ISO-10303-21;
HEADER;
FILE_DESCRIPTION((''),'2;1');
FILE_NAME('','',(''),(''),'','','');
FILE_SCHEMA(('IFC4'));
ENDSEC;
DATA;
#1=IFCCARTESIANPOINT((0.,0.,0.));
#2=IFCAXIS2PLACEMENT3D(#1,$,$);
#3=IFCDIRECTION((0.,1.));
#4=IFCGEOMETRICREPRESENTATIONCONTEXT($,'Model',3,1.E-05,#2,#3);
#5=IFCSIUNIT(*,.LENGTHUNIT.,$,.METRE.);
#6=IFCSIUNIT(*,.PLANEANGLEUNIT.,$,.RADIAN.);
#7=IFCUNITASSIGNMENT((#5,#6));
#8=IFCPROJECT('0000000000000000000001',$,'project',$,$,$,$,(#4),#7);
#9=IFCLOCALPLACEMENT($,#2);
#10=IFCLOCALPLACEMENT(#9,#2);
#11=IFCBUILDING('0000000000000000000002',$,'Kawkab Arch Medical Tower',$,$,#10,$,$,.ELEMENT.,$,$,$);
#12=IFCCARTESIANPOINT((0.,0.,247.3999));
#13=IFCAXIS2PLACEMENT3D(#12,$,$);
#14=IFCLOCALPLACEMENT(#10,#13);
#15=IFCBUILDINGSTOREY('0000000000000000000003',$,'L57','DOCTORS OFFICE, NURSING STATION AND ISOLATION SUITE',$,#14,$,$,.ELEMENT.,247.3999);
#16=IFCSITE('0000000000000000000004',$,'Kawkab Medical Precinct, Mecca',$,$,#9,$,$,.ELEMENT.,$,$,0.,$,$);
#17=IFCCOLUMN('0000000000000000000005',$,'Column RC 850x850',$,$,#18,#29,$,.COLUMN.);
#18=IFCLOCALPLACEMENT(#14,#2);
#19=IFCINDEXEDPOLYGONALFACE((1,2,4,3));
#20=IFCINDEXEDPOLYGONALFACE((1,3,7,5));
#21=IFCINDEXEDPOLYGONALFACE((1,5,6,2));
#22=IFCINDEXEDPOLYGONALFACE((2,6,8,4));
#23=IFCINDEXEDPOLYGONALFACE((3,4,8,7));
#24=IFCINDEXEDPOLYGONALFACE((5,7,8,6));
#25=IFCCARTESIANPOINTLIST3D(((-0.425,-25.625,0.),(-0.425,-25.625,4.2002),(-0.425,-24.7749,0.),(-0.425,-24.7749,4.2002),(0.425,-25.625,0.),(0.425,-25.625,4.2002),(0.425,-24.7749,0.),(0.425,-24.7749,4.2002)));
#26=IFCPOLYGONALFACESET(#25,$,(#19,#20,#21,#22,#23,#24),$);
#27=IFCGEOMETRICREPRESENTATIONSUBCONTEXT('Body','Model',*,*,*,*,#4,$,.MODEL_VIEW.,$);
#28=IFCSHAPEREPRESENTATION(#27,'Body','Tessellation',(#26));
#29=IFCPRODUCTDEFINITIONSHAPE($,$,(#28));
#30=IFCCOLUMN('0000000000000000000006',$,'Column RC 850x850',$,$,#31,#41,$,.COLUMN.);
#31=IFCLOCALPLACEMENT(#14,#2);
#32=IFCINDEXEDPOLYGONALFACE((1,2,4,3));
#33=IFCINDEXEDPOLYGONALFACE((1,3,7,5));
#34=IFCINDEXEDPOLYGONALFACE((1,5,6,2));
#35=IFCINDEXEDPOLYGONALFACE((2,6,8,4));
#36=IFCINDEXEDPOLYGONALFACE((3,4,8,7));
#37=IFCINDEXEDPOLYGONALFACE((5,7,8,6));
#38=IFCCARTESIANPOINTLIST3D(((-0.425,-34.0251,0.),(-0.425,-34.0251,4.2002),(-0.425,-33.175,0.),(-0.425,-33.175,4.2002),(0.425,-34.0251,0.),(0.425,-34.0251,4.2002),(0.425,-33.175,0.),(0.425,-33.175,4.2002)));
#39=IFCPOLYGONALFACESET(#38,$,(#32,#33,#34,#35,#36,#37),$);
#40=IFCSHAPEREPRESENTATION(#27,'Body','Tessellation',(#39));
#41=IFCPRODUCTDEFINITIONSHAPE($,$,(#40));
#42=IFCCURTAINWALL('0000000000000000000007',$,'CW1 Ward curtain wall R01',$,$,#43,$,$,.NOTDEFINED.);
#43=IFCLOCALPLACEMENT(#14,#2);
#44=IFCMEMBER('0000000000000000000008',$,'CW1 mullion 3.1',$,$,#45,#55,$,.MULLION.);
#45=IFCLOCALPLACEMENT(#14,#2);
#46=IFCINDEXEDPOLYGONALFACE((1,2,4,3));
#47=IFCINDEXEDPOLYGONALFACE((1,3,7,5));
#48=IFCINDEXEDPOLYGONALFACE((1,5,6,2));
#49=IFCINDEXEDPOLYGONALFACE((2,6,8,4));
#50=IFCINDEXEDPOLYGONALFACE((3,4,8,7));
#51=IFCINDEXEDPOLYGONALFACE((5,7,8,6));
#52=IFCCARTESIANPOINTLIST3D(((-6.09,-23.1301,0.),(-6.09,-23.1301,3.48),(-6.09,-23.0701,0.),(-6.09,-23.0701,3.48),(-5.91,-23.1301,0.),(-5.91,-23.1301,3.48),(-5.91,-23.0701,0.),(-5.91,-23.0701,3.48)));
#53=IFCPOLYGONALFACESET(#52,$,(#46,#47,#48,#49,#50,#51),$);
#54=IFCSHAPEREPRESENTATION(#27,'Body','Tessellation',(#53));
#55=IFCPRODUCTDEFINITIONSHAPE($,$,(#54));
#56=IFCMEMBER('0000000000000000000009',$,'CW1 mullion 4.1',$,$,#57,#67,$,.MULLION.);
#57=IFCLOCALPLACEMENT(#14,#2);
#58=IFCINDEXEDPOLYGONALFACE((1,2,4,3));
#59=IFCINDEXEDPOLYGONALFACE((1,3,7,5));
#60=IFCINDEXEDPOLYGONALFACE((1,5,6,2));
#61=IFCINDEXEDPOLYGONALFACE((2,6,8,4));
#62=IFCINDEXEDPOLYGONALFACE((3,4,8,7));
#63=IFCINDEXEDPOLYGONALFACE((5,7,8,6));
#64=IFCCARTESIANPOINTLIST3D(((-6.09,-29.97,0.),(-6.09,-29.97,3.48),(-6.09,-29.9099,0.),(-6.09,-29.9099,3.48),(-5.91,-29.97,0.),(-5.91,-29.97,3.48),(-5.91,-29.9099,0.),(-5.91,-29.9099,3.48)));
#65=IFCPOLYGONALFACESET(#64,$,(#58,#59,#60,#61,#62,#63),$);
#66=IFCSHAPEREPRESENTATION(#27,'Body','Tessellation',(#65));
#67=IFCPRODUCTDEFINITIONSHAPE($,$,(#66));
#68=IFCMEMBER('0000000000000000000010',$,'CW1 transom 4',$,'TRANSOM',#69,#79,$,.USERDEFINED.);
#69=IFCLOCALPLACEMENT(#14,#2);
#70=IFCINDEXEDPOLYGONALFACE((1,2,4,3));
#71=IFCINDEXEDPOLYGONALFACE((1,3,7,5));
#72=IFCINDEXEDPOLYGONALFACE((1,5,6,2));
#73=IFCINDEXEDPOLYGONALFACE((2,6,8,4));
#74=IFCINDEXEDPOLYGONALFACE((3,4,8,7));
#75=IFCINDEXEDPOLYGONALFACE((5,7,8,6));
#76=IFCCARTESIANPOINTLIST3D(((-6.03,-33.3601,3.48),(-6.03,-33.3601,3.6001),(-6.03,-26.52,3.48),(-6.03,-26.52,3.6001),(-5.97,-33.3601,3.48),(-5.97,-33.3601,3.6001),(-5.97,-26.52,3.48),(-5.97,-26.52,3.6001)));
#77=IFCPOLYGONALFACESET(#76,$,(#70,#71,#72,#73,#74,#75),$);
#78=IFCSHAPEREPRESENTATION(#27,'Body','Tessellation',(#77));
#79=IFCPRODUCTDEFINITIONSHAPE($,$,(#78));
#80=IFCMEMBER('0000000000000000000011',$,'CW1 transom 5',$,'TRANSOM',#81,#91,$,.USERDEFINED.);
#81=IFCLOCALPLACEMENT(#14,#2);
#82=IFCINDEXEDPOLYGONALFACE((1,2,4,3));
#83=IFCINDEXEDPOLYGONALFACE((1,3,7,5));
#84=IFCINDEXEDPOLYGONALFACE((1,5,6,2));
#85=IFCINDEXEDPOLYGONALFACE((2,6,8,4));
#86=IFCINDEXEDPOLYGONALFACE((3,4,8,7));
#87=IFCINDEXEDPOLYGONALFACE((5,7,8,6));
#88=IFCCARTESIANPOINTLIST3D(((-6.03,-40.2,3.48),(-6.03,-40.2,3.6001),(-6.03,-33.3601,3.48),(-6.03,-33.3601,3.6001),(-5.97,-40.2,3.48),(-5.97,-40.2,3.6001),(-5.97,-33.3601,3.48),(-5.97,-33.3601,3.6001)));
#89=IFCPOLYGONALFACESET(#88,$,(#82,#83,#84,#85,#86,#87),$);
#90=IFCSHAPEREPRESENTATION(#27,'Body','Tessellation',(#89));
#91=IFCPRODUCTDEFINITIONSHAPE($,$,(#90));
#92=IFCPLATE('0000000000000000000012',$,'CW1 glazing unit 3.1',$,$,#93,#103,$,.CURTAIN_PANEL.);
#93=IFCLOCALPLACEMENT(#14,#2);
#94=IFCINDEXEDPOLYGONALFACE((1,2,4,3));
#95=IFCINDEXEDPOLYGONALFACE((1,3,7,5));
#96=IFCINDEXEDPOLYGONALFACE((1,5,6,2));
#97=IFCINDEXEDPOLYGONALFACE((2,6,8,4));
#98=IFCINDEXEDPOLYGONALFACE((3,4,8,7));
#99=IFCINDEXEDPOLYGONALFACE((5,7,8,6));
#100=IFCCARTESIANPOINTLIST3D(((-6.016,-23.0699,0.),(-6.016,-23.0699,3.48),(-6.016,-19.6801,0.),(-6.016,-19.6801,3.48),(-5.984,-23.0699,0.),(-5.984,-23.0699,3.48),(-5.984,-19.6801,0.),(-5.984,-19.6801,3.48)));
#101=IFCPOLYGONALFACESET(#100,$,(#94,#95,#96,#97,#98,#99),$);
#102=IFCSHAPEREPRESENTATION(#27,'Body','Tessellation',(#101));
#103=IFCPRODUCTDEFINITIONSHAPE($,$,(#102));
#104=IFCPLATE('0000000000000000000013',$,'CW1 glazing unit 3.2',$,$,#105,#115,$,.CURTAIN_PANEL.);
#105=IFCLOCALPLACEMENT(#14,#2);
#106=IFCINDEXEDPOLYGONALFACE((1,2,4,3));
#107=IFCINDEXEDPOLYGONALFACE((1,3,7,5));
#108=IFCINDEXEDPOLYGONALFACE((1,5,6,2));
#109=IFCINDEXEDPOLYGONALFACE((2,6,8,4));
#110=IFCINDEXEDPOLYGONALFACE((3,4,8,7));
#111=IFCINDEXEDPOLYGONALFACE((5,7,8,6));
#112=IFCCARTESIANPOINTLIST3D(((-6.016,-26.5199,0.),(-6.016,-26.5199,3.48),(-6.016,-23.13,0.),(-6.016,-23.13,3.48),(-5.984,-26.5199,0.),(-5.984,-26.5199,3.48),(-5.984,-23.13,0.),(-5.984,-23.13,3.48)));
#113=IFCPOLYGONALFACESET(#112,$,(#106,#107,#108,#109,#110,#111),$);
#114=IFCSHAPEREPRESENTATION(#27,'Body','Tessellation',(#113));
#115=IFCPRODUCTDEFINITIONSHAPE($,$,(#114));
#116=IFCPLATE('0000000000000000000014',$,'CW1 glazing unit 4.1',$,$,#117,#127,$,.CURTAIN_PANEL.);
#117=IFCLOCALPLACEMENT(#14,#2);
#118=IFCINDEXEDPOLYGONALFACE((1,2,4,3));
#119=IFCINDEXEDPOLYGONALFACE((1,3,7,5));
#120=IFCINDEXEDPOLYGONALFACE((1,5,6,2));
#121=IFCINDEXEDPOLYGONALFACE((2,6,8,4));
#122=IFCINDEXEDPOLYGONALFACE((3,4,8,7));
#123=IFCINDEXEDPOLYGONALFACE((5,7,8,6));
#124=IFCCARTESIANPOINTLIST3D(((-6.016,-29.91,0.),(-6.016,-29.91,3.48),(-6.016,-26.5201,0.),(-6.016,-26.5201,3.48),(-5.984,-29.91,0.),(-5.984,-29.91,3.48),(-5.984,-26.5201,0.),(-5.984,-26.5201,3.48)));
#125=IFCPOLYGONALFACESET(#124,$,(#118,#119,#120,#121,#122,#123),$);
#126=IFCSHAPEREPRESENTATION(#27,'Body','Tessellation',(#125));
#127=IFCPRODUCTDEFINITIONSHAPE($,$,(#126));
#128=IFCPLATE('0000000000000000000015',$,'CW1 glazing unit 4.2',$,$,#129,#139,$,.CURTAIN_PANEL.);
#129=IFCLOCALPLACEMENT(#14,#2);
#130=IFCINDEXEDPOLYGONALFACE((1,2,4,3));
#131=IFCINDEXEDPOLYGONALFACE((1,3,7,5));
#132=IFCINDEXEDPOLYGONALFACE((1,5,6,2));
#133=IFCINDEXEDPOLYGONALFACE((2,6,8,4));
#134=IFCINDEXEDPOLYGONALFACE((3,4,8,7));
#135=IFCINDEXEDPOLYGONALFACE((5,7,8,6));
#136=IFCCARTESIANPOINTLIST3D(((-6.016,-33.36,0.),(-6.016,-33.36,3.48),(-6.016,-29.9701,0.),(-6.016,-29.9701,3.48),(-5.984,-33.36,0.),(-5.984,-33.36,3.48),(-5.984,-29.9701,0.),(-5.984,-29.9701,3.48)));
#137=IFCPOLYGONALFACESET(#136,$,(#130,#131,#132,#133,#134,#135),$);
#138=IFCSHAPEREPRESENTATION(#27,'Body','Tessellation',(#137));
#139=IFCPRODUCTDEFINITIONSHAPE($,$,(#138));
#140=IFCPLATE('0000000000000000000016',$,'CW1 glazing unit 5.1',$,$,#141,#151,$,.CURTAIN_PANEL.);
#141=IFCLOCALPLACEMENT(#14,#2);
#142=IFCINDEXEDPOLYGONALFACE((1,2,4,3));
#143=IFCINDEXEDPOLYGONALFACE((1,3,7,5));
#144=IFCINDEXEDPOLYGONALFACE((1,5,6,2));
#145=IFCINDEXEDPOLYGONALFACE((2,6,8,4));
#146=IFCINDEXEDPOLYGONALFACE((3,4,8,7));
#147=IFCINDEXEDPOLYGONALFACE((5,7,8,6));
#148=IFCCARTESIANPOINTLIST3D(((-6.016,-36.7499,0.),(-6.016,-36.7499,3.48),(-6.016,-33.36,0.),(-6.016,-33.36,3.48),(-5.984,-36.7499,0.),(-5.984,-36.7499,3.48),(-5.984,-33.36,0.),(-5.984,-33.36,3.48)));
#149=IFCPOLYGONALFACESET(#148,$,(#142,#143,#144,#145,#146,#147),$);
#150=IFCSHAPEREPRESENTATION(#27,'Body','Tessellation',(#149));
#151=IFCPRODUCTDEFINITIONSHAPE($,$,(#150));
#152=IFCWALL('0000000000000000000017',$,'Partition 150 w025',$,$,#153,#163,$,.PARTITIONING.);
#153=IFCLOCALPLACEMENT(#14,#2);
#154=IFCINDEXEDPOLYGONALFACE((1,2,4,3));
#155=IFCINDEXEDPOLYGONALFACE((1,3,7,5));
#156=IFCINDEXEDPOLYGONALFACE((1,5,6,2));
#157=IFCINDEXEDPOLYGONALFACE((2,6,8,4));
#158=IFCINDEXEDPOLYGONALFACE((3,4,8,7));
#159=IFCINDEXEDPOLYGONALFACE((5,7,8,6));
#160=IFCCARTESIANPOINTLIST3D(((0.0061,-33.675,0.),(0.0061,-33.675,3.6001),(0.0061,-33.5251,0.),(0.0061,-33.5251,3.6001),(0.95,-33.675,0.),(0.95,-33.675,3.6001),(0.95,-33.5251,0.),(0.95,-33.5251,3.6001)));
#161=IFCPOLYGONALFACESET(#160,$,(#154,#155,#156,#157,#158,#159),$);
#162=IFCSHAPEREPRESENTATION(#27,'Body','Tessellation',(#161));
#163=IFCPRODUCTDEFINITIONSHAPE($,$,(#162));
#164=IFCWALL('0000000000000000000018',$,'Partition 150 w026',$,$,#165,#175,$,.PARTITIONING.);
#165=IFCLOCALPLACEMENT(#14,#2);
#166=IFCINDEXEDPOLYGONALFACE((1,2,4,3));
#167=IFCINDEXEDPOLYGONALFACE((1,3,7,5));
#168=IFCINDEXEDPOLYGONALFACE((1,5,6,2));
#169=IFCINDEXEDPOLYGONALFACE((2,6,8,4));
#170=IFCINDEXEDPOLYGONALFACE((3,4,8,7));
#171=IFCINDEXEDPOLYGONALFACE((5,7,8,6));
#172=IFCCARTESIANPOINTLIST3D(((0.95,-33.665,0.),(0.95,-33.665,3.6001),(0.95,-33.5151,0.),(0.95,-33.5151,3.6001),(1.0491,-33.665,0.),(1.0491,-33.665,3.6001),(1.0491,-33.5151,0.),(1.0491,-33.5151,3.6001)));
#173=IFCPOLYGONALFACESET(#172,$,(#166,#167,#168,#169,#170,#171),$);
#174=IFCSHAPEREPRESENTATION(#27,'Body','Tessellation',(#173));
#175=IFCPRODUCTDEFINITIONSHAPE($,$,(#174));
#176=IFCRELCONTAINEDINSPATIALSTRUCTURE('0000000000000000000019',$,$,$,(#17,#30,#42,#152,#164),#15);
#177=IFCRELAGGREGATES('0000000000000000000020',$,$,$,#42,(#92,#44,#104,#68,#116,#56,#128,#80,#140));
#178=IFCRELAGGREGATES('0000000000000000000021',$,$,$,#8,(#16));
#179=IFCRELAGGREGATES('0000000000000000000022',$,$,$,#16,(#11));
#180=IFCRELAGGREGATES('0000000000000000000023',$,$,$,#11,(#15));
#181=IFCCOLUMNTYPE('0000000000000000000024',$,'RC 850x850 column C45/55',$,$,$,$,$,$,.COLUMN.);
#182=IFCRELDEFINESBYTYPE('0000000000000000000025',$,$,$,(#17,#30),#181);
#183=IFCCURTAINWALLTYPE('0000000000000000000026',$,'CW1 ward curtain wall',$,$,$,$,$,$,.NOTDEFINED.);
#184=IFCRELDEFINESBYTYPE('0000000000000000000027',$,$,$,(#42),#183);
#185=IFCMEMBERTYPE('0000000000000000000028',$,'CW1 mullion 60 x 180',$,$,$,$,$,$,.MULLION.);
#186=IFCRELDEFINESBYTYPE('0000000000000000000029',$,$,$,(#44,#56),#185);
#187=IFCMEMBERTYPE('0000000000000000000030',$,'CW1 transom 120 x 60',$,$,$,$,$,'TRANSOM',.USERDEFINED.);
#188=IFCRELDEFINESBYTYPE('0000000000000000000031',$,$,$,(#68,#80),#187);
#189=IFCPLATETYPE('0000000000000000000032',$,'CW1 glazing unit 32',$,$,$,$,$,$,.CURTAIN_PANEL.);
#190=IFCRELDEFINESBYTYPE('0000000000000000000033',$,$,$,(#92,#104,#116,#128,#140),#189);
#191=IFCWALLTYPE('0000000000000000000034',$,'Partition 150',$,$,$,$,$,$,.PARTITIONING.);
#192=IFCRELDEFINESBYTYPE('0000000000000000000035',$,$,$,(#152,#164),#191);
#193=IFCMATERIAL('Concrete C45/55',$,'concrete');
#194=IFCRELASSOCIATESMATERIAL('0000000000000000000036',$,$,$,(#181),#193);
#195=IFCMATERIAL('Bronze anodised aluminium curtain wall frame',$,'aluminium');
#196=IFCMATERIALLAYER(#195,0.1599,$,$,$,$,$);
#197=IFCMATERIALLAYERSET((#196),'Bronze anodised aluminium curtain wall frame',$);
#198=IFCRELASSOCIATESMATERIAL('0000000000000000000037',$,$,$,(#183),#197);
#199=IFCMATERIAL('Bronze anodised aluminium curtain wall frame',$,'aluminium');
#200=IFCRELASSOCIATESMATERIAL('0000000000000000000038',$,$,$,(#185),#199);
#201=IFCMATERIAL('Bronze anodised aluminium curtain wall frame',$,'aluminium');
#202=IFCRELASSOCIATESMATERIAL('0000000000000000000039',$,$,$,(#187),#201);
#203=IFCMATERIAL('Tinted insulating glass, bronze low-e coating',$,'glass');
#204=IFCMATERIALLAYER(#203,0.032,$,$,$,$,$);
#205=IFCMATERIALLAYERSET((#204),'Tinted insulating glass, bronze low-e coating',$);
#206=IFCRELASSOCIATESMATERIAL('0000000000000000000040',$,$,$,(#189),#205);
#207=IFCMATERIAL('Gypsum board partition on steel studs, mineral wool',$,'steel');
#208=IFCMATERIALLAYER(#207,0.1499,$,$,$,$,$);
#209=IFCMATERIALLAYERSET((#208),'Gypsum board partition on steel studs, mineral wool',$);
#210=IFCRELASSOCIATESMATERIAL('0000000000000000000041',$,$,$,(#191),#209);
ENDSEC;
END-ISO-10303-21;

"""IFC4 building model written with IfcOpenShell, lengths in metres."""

from ifc_helpers import new_model, si_unit, direction, frame, frame_2d, origin, origin_2d, place, context, subcontext, project, spatial, rectangle, extrude, material, layer, layer_set, material_profile, profile_set, type_object, element, aggregate, save


model = new_model("IFC4")

# Units and contexts
model_context = context("Model", 3, precision=1e-05, world=origin(), true_north=direction((0.0, 1.0)))
body_context = subcontext(model_context, "Body", "Model", "MODEL_VIEW")
ifc_project = project(units=[si_unit("LENGTHUNIT", "METRE"), si_unit("PLANEANGLEUNIT", "RADIAN")], contexts=[model_context])

# Site, building, storey
site_placement = place(None, origin())
site = spatial("IfcSite", under=ifc_project, at=site_placement, Name="Kawkab Medical Precinct, Mecca", CompositionType="ELEMENT", RefElevation=0.0)
building_placement = place(site_placement, origin())
building = spatial("IfcBuilding", under=site, at=building_placement, Name="Kawkab Arch Medical Tower", CompositionType="ELEMENT")
storey_placement = place(building_placement, frame((0.0, 0.0, 247.3999)))
storey = spatial("IfcBuildingStorey", under=building, at=storey_placement, Name="L57", Description="DOCTORS OFFICE, NURSING STATION AND ISOLATION SUITE", CompositionType="ELEMENT", Elevation=247.3999)

# Columns
ifc_material_1 = material(Name="Concrete C45/55", Category="concrete")
ifc_material_profile_1 = material_profile(ifc_material_1, rectangle(XDim=0.8501, YDim=0.8501, at=origin_2d()), Name="RC 850x850")
ifc_profile_set_1 = profile_set([ifc_material_profile_1], Name="Concrete C45/55")
column_type = type_object("IfcColumnType", Name="RC 850x850 column C45/55", PredefinedType="COLUMN", material=ifc_profile_set_1)
for number, where, z_axis, x_axis, name in (
    (1, (0.0, -25.2, 0.0), (0.0, 0.0, 1.0), (1.0, 0.0, 0.0), "Column RC 850x850"),
    (2, (0.0, -33.6001, 0.0), (0.0, 0.0, 1.0), (1.0, 0.0, 0.0), "Column RC 850x850"),
):
    element("IfcColumn", number, at=place(storey_placement, frame(where, z_axis=z_axis, x_axis=x_axis)), inside=storey, type_object=column_type, Name=name, PredefinedType="COLUMN", context=body_context, shape_type="SweptSolid", body=[
        extrude(rectangle(XDim=0.8501, YDim=0.8501, at=origin_2d()), origin(), (0.0, 0.0, 1.0), 4.2002),
    ])

# Curtain wall, members, plates
ifc_material_2 = material(Name="Bronze anodised aluminium curtain wall frame", Category="aluminium")
ifc_layer_1 = layer(ifc_material_2, 0.1599)
ifc_layer_set_1 = layer_set([ifc_layer_1], Name="Bronze anodised aluminium curtain wall frame")
curtain_wall_type = type_object("IfcCurtainWallType", Name="CW1 ward curtain wall", PredefinedType="NOTDEFINED", material=ifc_layer_set_1)
curtain_wall_placement = place(storey_placement, origin())
curtain_wall = element("IfcCurtainWall", 3, at=curtain_wall_placement, inside=storey, type_object=curtain_wall_type, Name="CW1 Ward curtain wall R01", PredefinedType="NOTDEFINED")
ifc_material_3 = material(Name="Bronze anodised aluminium curtain wall frame", Category="aluminium")
ifc_material_profile_2 = material_profile(ifc_material_3, rectangle(XDim=0.1799, YDim=0.0601, at=origin_2d()), Name="AL 60x180")
ifc_profile_set_2 = profile_set([ifc_material_profile_2], Name="Bronze anodised aluminium curtain wall frame")
member_type_1 = type_object("IfcMemberType", Name="CW1 mullion 60 x 180", PredefinedType="MULLION", material=ifc_profile_set_2)
member_1_placement = place(storey_placement, frame((-6.0, -23.1001, 0.0), z_axis=(0.0, 0.0, 1.0), x_axis=(1.0, 0.0, 0.0)))
member_1 = element("IfcMember", 4, at=member_1_placement, type_object=member_type_1, Name="CW1 mullion 3.1", PredefinedType="MULLION", context=body_context, shape_type="SweptSolid", body=[
    extrude(rectangle(XDim=0.1799, YDim=0.0601, at=origin_2d()), origin(), (0.0, 0.0, 1.0), 3.48),
])
member_2_placement = place(storey_placement, frame((-6.0, -29.9399, 0.0), z_axis=(0.0, 0.0, 1.0), x_axis=(1.0, 0.0, 0.0)))
member_2 = element("IfcMember", 5, at=member_2_placement, type_object=member_type_1, Name="CW1 mullion 4.1", PredefinedType="MULLION", context=body_context, shape_type="SweptSolid", body=[
    extrude(rectangle(XDim=0.1799, YDim=0.0601, at=origin_2d()), origin(), (0.0, 0.0, 1.0), 3.48),
])
ifc_material_4 = material(Name="Bronze anodised aluminium curtain wall frame", Category="aluminium")
ifc_material_profile_3 = material_profile(ifc_material_4, rectangle(XDim=0.0601, YDim=0.1201, at=origin_2d()), Name="AL 60x120")
ifc_profile_set_3 = profile_set([ifc_material_profile_3], Name="Bronze anodised aluminium curtain wall frame")
member_type_2 = type_object("IfcMemberType", Name="CW1 transom 120 x 60", ElementType="TRANSOM", PredefinedType="USERDEFINED", material=ifc_profile_set_3)
member_3_placement = place(storey_placement, frame((-6.0, -26.52, 3.54), z_axis=(0.0, -1.0, 0.0), x_axis=(1.0, 0.0, 0.0)))
member_3 = element("IfcMember", 6, at=member_3_placement, type_object=member_type_2, Name="CW1 transom 4", ObjectType="TRANSOM", PredefinedType="USERDEFINED", context=body_context, shape_type="SweptSolid", body=[
    extrude(rectangle(XDim=0.0601, YDim=0.1201, at=origin_2d()), origin(), (0.0, 0.0, 1.0), 6.8401),
])
member_4_placement = place(storey_placement, frame((-6.0, -33.3601, 3.54), z_axis=(0.0, -1.0, 0.0), x_axis=(1.0, 0.0, 0.0)))
member_4 = element("IfcMember", 7, at=member_4_placement, type_object=member_type_2, Name="CW1 transom 5", ObjectType="TRANSOM", PredefinedType="USERDEFINED", context=body_context, shape_type="SweptSolid", body=[
    extrude(rectangle(XDim=0.0601, YDim=0.1201, at=origin_2d()), origin(), (0.0, 0.0, 1.0), 6.8398),
])
ifc_material_5 = material(Name="Tinted insulating glass, bronze low-e coating", Category="glass")
ifc_layer_2 = layer(ifc_material_5, 0.032)
ifc_layer_set_2 = layer_set([ifc_layer_2], Name="Tinted insulating glass, bronze low-e coating")
plate_type = type_object("IfcPlateType", Name="CW1 glazing unit 32", PredefinedType="CURTAIN_PANEL", material=ifc_layer_set_2)
plate_1_placement = place(storey_placement, frame((-6.0, -21.375, 0.0), z_axis=(0.0, 0.0, 1.0), x_axis=(0.0, -1.0, 0.0)))
plate_1 = element("IfcPlate", 8, at=plate_1_placement, type_object=plate_type, Name="CW1 glazing unit 3.1", PredefinedType="CURTAIN_PANEL", context=body_context, shape_type="SweptSolid", body=[
    extrude(rectangle(XDim=3.3899, YDim=0.032, at=origin_2d()), origin(), (0.0, 0.0, 1.0), 3.48),
])
plate_2_placement = place(storey_placement, frame((-6.0, -24.825, 0.0), z_axis=(0.0, 0.0, 1.0), x_axis=(0.0, -1.0, 0.0)))
plate_2 = element("IfcPlate", 9, at=plate_2_placement, type_object=plate_type, Name="CW1 glazing unit 3.2", PredefinedType="CURTAIN_PANEL", context=body_context, shape_type="SweptSolid", body=[
    extrude(rectangle(XDim=3.3899, YDim=0.032, at=origin_2d()), origin(), (0.0, 0.0, 1.0), 3.48),
])
plate_3_placement = place(storey_placement, frame((-6.0, -28.2151, 0.0), z_axis=(0.0, 0.0, 1.0), x_axis=(0.0, -1.0, 0.0)))
plate_3 = element("IfcPlate", 10, at=plate_3_placement, type_object=plate_type, Name="CW1 glazing unit 4.1", PredefinedType="CURTAIN_PANEL", context=body_context, shape_type="SweptSolid", body=[
    extrude(rectangle(XDim=3.3899, YDim=0.032, at=origin_2d()), origin(), (0.0, 0.0, 1.0), 3.48),
])
plate_4_placement = place(storey_placement, frame((-6.0, -31.665, 0.0), z_axis=(0.0, 0.0, 1.0), x_axis=(0.0, -1.0, 0.0)))
plate_4 = element("IfcPlate", 11, at=plate_4_placement, type_object=plate_type, Name="CW1 glazing unit 4.2", PredefinedType="CURTAIN_PANEL", context=body_context, shape_type="SweptSolid", body=[
    extrude(rectangle(XDim=3.3899, YDim=0.032, at=origin_2d()), origin(), (0.0, 0.0, 1.0), 3.48),
])
plate_5_placement = place(storey_placement, frame((-6.0, -35.0549, 0.0), z_axis=(0.0, 0.0, 1.0), x_axis=(0.0, -1.0, 0.0)))
plate_5 = element("IfcPlate", 12, at=plate_5_placement, type_object=plate_type, Name="CW1 glazing unit 5.1", PredefinedType="CURTAIN_PANEL", context=body_context, shape_type="SweptSolid", body=[
    extrude(rectangle(XDim=3.3899, YDim=0.032, at=origin_2d()), origin(), (0.0, 0.0, 1.0), 3.48),
])
aggregate(curtain_wall, [plate_1, member_1, plate_2, member_3, plate_3, member_2, plate_4, member_4, plate_5])

# Walls
ifc_material_6 = material(Name="Gypsum board partition on steel studs, mineral wool", Category="steel")
ifc_layer_3 = layer(ifc_material_6, 0.1499)
ifc_layer_set_3 = layer_set([ifc_layer_3], Name="Gypsum board partition on steel studs, mineral wool")
wall_type_1 = type_object("IfcWallType", Name="Partition 150", PredefinedType="PARTITIONING", material=ifc_layer_set_3)
wall_1_placement = place(storey_placement, frame((0.0061, -33.6001, 0.0), z_axis=(0.0, 0.0, 1.0), x_axis=(1.0, 0.0, 0.0)))
element("IfcWall", 13, at=wall_1_placement, inside=storey, type_object=wall_type_1, Name="Partition 150 w025", PredefinedType="PARTITIONING", context=body_context, shape_type="SweptSolid", body=[
    extrude(rectangle(XDim=0.9438, YDim=0.1499, at=frame_2d((0.4719, 0.0))), origin(), (0.0, 0.0, 1.0), 3.6001),
])
wall_2_placement = place(storey_placement, frame((0.95, -33.5901, 0.0), z_axis=(0.0, 0.0, 1.0), x_axis=(1.0, 0.0, 0.0)))
element("IfcWall", 14, at=wall_2_placement, inside=storey, type_object=wall_type_1, Name="Partition 150 w026", PredefinedType="PARTITIONING", context=body_context, shape_type="SweptSolid", body=[
    extrude(rectangle(XDim=0.0991, YDim=0.1499, at=frame_2d((0.0496, 0.0))), origin(), (0.0, 0.0, 1.0), 3.6001),
])

save(model, "model.ifc")
